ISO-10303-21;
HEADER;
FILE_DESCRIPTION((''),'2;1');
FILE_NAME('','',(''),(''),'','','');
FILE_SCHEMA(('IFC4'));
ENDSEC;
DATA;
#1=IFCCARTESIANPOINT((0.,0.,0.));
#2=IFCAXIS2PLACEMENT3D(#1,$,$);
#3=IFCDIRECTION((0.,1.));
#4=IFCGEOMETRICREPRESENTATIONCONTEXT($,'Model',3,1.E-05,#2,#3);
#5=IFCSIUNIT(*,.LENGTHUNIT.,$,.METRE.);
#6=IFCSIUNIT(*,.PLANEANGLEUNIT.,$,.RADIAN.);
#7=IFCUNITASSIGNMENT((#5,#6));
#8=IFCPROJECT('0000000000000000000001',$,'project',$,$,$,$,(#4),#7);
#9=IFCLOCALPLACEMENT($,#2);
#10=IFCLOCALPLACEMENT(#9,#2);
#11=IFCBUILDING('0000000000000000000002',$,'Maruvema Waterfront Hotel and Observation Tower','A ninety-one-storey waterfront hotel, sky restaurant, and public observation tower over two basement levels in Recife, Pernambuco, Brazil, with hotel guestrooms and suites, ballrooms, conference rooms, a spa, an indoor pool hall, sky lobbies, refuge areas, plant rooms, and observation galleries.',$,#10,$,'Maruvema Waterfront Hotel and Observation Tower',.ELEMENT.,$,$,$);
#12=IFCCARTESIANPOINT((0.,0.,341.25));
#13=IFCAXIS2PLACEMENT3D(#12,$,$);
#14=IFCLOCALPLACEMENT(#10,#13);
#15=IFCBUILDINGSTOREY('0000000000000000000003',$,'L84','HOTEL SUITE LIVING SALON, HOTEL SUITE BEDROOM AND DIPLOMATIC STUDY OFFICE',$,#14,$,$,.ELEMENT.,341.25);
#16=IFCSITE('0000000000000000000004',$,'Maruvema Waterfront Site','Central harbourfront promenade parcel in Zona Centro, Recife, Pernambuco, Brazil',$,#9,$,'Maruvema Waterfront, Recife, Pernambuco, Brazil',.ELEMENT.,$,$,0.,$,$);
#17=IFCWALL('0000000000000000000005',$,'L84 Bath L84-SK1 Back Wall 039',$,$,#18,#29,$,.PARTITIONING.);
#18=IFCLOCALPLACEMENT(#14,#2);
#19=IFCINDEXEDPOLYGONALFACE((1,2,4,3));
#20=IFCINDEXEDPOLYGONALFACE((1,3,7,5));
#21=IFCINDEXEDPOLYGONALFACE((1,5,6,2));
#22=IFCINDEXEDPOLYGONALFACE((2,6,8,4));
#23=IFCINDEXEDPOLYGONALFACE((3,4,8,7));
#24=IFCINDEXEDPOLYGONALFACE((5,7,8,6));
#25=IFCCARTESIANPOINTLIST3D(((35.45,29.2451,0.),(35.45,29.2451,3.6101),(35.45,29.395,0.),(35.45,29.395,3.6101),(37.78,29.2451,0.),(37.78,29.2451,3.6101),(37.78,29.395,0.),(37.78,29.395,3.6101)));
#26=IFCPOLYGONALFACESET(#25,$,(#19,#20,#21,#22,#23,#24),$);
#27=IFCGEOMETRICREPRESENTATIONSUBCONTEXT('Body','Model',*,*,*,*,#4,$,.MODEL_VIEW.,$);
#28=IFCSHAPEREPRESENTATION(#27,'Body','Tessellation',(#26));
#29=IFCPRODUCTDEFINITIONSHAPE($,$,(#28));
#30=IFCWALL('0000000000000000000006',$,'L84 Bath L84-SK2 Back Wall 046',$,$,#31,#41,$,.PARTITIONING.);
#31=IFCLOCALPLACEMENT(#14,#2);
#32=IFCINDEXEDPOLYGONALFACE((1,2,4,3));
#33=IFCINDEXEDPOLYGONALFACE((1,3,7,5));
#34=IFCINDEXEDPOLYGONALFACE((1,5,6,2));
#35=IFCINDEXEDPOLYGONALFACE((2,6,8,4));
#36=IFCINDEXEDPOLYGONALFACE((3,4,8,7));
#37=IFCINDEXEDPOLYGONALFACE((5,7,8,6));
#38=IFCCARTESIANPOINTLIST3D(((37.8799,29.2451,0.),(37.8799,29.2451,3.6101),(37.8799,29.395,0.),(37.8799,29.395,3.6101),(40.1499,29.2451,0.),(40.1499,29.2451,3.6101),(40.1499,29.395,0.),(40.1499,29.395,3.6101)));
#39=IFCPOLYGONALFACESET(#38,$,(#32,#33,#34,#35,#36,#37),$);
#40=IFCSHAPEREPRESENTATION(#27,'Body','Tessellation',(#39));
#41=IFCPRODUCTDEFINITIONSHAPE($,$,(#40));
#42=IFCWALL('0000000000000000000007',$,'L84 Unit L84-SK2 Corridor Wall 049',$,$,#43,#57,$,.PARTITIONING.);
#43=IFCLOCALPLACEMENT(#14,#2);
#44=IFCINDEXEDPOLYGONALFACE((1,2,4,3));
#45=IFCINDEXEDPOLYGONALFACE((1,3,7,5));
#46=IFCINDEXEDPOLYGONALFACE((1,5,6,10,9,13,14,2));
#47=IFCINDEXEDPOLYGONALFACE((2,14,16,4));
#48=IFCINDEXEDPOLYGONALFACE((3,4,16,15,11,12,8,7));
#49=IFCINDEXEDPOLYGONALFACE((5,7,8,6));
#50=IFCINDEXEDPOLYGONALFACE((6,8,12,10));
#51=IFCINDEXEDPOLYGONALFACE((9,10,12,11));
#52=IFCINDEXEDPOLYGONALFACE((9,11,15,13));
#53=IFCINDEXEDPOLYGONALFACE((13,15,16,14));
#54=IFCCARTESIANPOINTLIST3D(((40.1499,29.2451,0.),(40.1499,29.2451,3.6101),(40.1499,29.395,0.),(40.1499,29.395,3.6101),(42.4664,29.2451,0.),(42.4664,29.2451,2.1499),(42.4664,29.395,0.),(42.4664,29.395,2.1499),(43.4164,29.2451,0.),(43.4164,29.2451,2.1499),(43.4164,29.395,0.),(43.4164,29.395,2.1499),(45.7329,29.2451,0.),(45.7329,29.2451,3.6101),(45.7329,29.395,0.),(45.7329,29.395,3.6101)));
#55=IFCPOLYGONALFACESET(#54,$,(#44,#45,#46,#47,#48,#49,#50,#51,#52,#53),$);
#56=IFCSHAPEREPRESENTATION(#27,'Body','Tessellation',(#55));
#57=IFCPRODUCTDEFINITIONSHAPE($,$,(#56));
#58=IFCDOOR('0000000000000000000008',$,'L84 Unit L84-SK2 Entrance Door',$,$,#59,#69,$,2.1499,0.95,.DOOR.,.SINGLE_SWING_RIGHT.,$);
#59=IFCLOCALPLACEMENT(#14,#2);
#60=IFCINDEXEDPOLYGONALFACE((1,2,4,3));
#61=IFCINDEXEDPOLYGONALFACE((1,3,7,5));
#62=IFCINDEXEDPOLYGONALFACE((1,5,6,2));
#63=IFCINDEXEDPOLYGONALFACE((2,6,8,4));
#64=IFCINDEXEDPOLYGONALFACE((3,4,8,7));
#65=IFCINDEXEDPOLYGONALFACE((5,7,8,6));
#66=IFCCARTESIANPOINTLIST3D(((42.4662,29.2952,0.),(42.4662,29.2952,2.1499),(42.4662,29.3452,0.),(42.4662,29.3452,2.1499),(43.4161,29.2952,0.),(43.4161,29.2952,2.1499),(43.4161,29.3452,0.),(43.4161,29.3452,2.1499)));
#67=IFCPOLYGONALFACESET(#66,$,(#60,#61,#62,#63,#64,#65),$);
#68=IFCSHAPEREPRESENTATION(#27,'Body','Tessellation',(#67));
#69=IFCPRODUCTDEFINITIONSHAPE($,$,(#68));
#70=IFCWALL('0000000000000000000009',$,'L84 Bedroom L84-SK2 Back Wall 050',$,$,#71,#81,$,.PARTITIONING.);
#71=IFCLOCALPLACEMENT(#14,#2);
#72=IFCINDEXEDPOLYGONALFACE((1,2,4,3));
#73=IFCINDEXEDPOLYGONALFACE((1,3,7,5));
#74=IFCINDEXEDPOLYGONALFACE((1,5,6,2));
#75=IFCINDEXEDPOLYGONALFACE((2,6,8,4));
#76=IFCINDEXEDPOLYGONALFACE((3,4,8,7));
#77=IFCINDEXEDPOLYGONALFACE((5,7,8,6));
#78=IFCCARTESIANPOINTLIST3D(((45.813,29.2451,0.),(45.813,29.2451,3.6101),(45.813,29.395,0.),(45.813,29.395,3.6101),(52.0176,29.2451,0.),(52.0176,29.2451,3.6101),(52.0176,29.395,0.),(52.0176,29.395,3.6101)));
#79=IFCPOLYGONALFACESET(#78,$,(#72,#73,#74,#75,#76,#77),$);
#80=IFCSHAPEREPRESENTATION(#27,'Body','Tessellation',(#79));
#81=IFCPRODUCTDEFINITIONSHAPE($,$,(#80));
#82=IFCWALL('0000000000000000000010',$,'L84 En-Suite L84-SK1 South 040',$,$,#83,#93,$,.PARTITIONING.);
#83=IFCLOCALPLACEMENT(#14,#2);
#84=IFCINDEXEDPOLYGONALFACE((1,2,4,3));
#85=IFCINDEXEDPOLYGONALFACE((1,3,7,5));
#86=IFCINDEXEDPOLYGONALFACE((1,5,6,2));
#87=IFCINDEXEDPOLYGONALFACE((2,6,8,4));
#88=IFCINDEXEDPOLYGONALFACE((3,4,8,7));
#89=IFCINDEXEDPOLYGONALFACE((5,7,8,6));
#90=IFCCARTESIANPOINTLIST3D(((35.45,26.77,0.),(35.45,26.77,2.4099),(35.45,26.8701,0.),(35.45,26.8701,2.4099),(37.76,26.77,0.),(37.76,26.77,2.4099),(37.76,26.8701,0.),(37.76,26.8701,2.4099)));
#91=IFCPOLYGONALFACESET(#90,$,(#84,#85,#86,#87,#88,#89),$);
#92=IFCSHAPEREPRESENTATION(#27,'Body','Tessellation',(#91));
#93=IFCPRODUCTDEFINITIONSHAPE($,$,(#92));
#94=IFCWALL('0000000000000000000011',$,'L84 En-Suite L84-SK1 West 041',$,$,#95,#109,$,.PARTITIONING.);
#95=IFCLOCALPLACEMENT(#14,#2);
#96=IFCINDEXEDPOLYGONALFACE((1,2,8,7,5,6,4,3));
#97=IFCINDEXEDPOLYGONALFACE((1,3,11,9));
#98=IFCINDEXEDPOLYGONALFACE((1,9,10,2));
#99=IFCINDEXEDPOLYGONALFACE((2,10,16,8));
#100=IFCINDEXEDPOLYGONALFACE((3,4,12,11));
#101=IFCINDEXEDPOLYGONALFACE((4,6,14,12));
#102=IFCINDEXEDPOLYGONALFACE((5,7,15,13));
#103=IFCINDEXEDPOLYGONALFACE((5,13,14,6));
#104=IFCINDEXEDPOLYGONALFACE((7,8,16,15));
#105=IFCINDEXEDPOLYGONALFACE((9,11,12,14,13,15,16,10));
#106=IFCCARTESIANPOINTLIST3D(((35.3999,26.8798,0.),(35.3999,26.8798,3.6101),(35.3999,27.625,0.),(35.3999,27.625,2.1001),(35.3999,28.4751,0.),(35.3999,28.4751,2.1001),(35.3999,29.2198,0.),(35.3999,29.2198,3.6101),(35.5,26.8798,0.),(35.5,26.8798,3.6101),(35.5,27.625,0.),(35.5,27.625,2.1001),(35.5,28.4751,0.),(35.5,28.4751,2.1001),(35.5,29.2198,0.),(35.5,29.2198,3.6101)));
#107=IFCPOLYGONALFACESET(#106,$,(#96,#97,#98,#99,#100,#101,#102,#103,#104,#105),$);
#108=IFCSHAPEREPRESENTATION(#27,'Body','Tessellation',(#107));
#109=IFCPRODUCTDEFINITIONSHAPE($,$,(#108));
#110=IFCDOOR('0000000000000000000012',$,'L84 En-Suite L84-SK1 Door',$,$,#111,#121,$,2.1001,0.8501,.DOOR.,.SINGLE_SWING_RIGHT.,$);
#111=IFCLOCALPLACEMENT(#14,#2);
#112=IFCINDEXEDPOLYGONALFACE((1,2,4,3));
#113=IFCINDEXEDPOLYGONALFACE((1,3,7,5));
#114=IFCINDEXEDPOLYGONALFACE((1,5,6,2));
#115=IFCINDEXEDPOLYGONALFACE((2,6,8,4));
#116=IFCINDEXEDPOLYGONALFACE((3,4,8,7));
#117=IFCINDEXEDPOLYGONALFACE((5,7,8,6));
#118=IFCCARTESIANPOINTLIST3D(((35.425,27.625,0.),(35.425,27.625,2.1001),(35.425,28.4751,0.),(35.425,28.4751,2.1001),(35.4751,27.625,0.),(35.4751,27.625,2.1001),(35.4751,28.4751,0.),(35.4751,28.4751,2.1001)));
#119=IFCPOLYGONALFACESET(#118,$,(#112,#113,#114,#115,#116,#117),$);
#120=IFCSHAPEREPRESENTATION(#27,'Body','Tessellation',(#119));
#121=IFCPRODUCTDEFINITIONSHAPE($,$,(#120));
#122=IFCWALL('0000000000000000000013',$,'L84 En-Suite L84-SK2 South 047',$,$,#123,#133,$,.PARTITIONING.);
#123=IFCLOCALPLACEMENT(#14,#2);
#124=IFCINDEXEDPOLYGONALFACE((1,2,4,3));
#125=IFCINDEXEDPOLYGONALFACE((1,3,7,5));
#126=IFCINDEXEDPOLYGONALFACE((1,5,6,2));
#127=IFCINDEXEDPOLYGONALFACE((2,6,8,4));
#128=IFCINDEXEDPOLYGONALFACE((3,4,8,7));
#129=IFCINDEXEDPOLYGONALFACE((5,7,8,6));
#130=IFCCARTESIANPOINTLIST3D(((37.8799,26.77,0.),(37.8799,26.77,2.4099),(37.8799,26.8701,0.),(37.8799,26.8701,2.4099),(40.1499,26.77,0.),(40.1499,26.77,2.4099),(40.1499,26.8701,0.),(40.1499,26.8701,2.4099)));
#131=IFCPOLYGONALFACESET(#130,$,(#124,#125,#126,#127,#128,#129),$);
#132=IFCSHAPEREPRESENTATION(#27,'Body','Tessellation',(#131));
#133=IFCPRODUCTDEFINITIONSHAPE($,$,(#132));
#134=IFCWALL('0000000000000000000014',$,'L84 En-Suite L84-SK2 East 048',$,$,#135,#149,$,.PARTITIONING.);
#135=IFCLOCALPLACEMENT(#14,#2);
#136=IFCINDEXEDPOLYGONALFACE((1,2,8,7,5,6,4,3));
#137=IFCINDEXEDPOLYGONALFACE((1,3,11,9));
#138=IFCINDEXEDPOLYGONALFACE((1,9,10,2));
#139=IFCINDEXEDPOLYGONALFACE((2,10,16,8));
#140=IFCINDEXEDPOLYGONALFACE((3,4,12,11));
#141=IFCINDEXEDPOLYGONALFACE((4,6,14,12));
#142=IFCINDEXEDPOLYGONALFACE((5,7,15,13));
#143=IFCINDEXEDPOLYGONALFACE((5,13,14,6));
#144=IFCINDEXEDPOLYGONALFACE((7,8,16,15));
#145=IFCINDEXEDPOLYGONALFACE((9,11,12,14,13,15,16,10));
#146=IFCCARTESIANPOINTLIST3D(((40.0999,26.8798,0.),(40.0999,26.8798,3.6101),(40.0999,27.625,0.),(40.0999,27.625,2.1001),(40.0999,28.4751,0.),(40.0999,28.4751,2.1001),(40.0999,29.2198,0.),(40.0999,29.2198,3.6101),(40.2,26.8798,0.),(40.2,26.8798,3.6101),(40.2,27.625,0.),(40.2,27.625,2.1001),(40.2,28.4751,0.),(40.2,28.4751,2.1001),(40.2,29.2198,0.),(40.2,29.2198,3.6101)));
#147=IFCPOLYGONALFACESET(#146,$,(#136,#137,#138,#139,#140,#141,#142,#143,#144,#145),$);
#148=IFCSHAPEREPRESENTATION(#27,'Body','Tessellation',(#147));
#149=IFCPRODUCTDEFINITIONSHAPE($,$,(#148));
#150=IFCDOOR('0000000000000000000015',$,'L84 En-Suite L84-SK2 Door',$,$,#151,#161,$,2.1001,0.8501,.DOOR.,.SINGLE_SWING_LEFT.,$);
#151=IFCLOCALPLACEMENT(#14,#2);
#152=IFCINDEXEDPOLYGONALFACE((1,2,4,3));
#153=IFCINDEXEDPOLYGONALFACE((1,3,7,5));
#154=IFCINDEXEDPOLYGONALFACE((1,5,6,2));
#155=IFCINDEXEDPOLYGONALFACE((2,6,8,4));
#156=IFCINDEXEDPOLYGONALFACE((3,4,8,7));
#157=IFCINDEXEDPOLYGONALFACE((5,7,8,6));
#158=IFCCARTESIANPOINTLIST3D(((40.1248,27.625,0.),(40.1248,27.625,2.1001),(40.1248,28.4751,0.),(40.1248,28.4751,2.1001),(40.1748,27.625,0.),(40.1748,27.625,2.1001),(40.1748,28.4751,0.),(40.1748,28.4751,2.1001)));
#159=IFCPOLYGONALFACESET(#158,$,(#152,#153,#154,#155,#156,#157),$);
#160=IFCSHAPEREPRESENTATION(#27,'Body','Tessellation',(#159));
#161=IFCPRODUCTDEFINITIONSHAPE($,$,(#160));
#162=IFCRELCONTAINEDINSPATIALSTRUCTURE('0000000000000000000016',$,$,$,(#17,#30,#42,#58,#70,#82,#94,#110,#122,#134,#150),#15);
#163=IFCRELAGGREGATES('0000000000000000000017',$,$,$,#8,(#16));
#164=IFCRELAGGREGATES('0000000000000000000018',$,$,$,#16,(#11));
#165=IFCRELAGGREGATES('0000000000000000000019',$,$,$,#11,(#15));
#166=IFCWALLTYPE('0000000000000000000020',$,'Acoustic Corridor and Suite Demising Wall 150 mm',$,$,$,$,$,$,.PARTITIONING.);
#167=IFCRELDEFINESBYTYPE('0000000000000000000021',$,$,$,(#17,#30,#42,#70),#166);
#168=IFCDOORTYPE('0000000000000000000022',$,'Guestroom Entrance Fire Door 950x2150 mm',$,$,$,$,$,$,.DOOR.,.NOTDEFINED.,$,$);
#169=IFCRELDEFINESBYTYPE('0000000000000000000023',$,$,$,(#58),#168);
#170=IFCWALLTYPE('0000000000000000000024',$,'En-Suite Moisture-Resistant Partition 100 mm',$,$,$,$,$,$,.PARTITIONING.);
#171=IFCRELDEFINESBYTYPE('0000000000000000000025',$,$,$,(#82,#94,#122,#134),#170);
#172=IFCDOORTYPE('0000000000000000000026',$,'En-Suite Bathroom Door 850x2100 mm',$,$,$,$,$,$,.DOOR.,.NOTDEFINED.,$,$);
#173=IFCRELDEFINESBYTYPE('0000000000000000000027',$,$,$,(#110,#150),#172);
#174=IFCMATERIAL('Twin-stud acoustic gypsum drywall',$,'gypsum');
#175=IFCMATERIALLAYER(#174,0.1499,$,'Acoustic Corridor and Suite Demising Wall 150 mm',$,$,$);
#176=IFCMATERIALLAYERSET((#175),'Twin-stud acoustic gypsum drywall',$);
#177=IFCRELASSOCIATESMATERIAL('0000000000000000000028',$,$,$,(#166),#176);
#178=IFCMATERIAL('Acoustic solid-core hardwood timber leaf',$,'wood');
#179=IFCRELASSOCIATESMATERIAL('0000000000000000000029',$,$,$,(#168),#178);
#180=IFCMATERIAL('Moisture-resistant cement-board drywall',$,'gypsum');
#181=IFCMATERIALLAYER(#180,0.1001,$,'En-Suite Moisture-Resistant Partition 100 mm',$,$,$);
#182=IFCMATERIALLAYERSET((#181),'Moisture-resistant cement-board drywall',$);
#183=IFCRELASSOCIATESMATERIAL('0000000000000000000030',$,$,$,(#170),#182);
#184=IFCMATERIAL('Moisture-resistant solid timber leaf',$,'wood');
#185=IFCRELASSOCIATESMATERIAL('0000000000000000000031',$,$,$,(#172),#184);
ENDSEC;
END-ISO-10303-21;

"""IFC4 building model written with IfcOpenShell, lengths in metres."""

from ifc_helpers import new_model, si_unit, direction, frame, frame_2d, origin, place, context, subcontext, project, spatial, rectangle, extrude, material, layer, layer_set, type_object, element, fill, save


model = new_model("IFC4")

# Units and contexts
model_context = context("Model", 3, precision=1e-05, world=origin(), true_north=direction((0.0, 1.0)))
body_context = subcontext(model_context, "Body", "Model", "MODEL_VIEW")
ifc_project = project(units=[si_unit("LENGTHUNIT", "METRE"), si_unit("PLANEANGLEUNIT", "RADIAN")], contexts=[model_context])

# Site, building, storey
site_placement = place(None, origin())
site = spatial("IfcSite", under=ifc_project, at=site_placement, Name="Maruvema Waterfront Site", Description="Central harbourfront promenade parcel in Zona Centro, Recife, Pernambuco, Brazil", LongName="Maruvema Waterfront, Recife, Pernambuco, Brazil", CompositionType="ELEMENT", RefElevation=0.0)
building_placement = place(site_placement, origin())
building = spatial("IfcBuilding", under=site, at=building_placement, Name="Maruvema Waterfront Hotel and Observation Tower", Description="A ninety-one-storey waterfront hotel, sky restaurant, and public observation tower over two basement levels in Recife, Pernambuco, Brazil, with hotel guestrooms and suites, ballrooms, conference rooms, a spa, an indoor pool hall, sky lobbies, refuge areas, plant rooms, and observation galleries.", LongName="Maruvema Waterfront Hotel and Observation Tower", CompositionType="ELEMENT")
storey_placement = place(building_placement, frame((0.0, 0.0, 341.25)))
storey = spatial("IfcBuildingStorey", under=building, at=storey_placement, Name="L84", Description="HOTEL SUITE LIVING SALON, HOTEL SUITE BEDROOM AND DIPLOMATIC STUDY OFFICE", CompositionType="ELEMENT", Elevation=341.25)

# Walls
ifc_material_1 = material(Name="Twin-stud acoustic gypsum drywall", Category="gypsum")
ifc_layer_1 = layer(ifc_material_1, 0.1499, Name="Acoustic Corridor and Suite Demising Wall 150 mm")
ifc_layer_set_1 = layer_set([ifc_layer_1], Name="Twin-stud acoustic gypsum drywall")
wall_type_1 = type_object("IfcWallType", Name="Acoustic Corridor and Suite Demising Wall 150 mm", PredefinedType="PARTITIONING", material=ifc_layer_set_1)
wall_1_placement = place(storey_placement, frame((35.45, 29.3201, 0.0), z_axis=(0.0, 0.0, 1.0), x_axis=(1.0, 0.0, 0.0)))
element("IfcWall", 1, at=wall_1_placement, inside=storey, type_object=wall_type_1, Name="L84 Bath L84-SK1 Back Wall 039", PredefinedType="PARTITIONING", context=body_context, shape_type="SweptSolid", body=[
    extrude(rectangle(XDim=2.3301, YDim=0.1499, at=frame_2d((1.165, 0.0))), origin(), (0.0, 0.0, 1.0), 3.6101),
])
wall_2_placement = place(storey_placement, frame((37.8799, 29.3201, 0.0), z_axis=(0.0, 0.0, 1.0), x_axis=(1.0, 0.0, 0.0)))
element("IfcWall", 2, at=wall_2_placement, inside=storey, type_object=wall_type_1, Name="L84 Bath L84-SK2 Back Wall 046", PredefinedType="PARTITIONING", context=body_context, shape_type="SweptSolid", body=[
    extrude(rectangle(XDim=2.27, YDim=0.1499, at=frame_2d((1.135, 0.0))), origin(), (0.0, 0.0, 1.0), 3.6101),
])

# Wall, opening, door
wall_3_placement = place(storey_placement, frame((40.1499, 29.3201, 0.0), z_axis=(0.0, 0.0, 1.0), x_axis=(1.0, 0.0, 0.0)))
wall_3 = element("IfcWall", 3, at=wall_3_placement, inside=storey, type_object=wall_type_1, Name="L84 Unit L84-SK2 Corridor Wall 049", PredefinedType="PARTITIONING", context=body_context, shape_type="SweptSolid", body=[
    extrude(rectangle(XDim=5.583, YDim=0.1499, at=frame_2d((2.7915, 0.0))), origin(), (0.0, 0.0, 1.0), 3.6101),
])
opening_1_placement = place(wall_3_placement, frame((2.3164, 0.0, 0.0)))
opening_1 = element("IfcOpeningElement", 4, at=opening_1_placement, cuts=wall_3, PredefinedType="OPENING", context=body_context, shape_type="SweptSolid", body=[
    extrude(rectangle(XDim=0.95, YDim=2.1499, at=frame_2d((0.4751, 1.075))), frame((0.0, 0.085, 0.0), z_axis=(0.0, -1.0, 0.0), x_axis=(1.0, 0.0, 0.0)), (0.0, 0.0, 1.0), 0.1699),
])
ifc_material_2 = material(Name="Acoustic solid-core hardwood timber leaf", Category="wood")
door_type_1 = type_object("IfcDoorType", Name="Guestroom Entrance Fire Door 950x2150 mm", OperationType="NOTDEFINED", PredefinedType="DOOR", material=ifc_material_2)
door_1_placement = place(opening_1_placement, frame((0.95, 0.0, 0.0), z_axis=(0.0, 0.0, 1.0), x_axis=(-1.0, 0.0, 0.0)))
door_1 = element("IfcDoor", 5, at=door_1_placement, inside=storey, type_object=door_type_1, Name="L84 Unit L84-SK2 Entrance Door", OperationType="SINGLE_SWING_RIGHT", OverallHeight=2.1499, OverallWidth=0.95, PredefinedType="DOOR", context=body_context, shape_type="SweptSolid", body=[
    extrude(rectangle(XDim=0.95, YDim=2.1499, at=frame_2d((0.4751, 1.075))), frame((0.0, 0.0249, 0.0), z_axis=(0.0, -1.0, 0.0), x_axis=(1.0, 0.0, 0.0)), (0.0, 0.0, 1.0), 0.05),
])
fill(opening_1, door_1)

# Walls
wall_4_placement = place(storey_placement, frame((45.813, 29.3201, 0.0), z_axis=(0.0, 0.0, 1.0), x_axis=(1.0, 0.0, 0.0)))
element("IfcWall", 6, at=wall_4_placement, inside=storey, type_object=wall_type_1, Name="L84 Bedroom L84-SK2 Back Wall 050", PredefinedType="PARTITIONING", context=body_context, shape_type="SweptSolid", body=[
    extrude(rectangle(XDim=6.2046, YDim=0.1499, at=frame_2d((3.1023, 0.0))), origin(), (0.0, 0.0, 1.0), 3.6101),
])
ifc_material_3 = material(Name="Moisture-resistant cement-board drywall", Category="gypsum")
ifc_layer_2 = layer(ifc_material_3, 0.1001, Name="En-Suite Moisture-Resistant Partition 100 mm")
ifc_layer_set_2 = layer_set([ifc_layer_2], Name="Moisture-resistant cement-board drywall")
wall_type_2 = type_object("IfcWallType", Name="En-Suite Moisture-Resistant Partition 100 mm", PredefinedType="PARTITIONING", material=ifc_layer_set_2)
wall_5_placement = place(storey_placement, frame((35.45, 26.8201, 0.0), z_axis=(0.0, 0.0, 1.0), x_axis=(1.0, 0.0, 0.0)))
element("IfcWall", 7, at=wall_5_placement, inside=storey, type_object=wall_type_2, Name="L84 En-Suite L84-SK1 South 040", PredefinedType="PARTITIONING", context=body_context, shape_type="SweptSolid", body=[
    extrude(rectangle(XDim=2.3101, YDim=0.1001, at=frame_2d((1.155, 0.0))), origin(), (0.0, 0.0, 1.0), 2.4099),
])

# Wall, opening, door
wall_6_placement = place(storey_placement, frame((35.45, 26.8799, 0.0), z_axis=(0.0, 0.0, 1.0), x_axis=(0.0, 1.0, 0.0)))
wall_6 = element("IfcWall", 8, at=wall_6_placement, inside=storey, type_object=wall_type_2, Name="L84 En-Suite L84-SK1 West 041", PredefinedType="PARTITIONING", context=body_context, shape_type="SweptSolid", body=[
    extrude(rectangle(XDim=2.3401, YDim=0.1001, at=frame_2d((1.1699, 0.0))), origin(), (0.0, 0.0, 1.0), 3.6101),
])
opening_2_placement = place(wall_6_placement, frame((0.7451, 0.0, 0.0)))
opening_2 = element("IfcOpeningElement", 9, at=opening_2_placement, cuts=wall_6, PredefinedType="OPENING", context=body_context, shape_type="SweptSolid", body=[
    extrude(rectangle(XDim=0.8501, YDim=2.1001, at=frame_2d((0.425, 1.05))), frame((0.0, 0.0601, 0.0), z_axis=(0.0, -1.0, 0.0), x_axis=(1.0, 0.0, 0.0)), (0.0, 0.0, 1.0), 0.1201),
])
ifc_material_4 = material(Name="Moisture-resistant solid timber leaf", Category="wood")
door_type_2 = type_object("IfcDoorType", Name="En-Suite Bathroom Door 850x2100 mm", OperationType="NOTDEFINED", PredefinedType="DOOR", material=ifc_material_4)
door_2_placement = place(opening_2_placement, origin())
door_2 = element("IfcDoor", 10, at=door_2_placement, inside=storey, type_object=door_type_2, Name="L84 En-Suite L84-SK1 Door", OperationType="SINGLE_SWING_RIGHT", OverallHeight=2.1001, OverallWidth=0.8501, PredefinedType="DOOR", context=body_context, shape_type="SweptSolid", body=[
    extrude(rectangle(XDim=0.8501, YDim=2.1001, at=frame_2d((0.425, 1.05))), frame((0.0, 0.0249, 0.0), z_axis=(0.0, -1.0, 0.0), x_axis=(1.0, 0.0, 0.0)), (0.0, 0.0, 1.0), 0.05),
])
fill(opening_2, door_2)

# Wall
wall_7_placement = place(storey_placement, frame((37.8799, 26.8201, 0.0), z_axis=(0.0, 0.0, 1.0), x_axis=(1.0, 0.0, 0.0)))
element("IfcWall", 11, at=wall_7_placement, inside=storey, type_object=wall_type_2, Name="L84 En-Suite L84-SK2 South 047", PredefinedType="PARTITIONING", context=body_context, shape_type="SweptSolid", body=[
    extrude(rectangle(XDim=2.27, YDim=0.1001, at=frame_2d((1.135, 0.0))), origin(), (0.0, 0.0, 1.0), 2.4099),
])

# Wall, opening, door
wall_8_placement = place(storey_placement, frame((40.1499, 26.8799, 0.0), z_axis=(0.0, 0.0, 1.0), x_axis=(0.0, 1.0, 0.0)))
wall_8 = element("IfcWall", 12, at=wall_8_placement, inside=storey, type_object=wall_type_2, Name="L84 En-Suite L84-SK2 East 048", PredefinedType="PARTITIONING", context=body_context, shape_type="SweptSolid", body=[
    extrude(rectangle(XDim=2.3401, YDim=0.1001, at=frame_2d((1.1699, 0.0))), origin(), (0.0, 0.0, 1.0), 3.6101),
])
opening_3_placement = place(wall_8_placement, frame((0.7451, 0.0, 0.0)))
opening_3 = element("IfcOpeningElement", 13, at=opening_3_placement, cuts=wall_8, PredefinedType="OPENING", context=body_context, shape_type="SweptSolid", body=[
    extrude(rectangle(XDim=0.8501, YDim=2.1001, at=frame_2d((0.425, 1.05))), frame((0.0, 0.0601, 0.0), z_axis=(0.0, -1.0, 0.0), x_axis=(1.0, 0.0, 0.0)), (0.0, 0.0, 1.0), 0.1201),
])
door_3_placement = place(opening_3_placement, frame((0.8501, 0.0, 0.0), z_axis=(0.0, 0.0, 1.0), x_axis=(-1.0, 0.0, 0.0)))
door_3 = element("IfcDoor", 14, at=door_3_placement, inside=storey, type_object=door_type_2, Name="L84 En-Suite L84-SK2 Door", OperationType="SINGLE_SWING_LEFT", OverallHeight=2.1001, OverallWidth=0.8501, PredefinedType="DOOR", context=body_context, shape_type="SweptSolid", body=[
    extrude(rectangle(XDim=0.8501, YDim=2.1001, at=frame_2d((0.425, 1.05))), frame((0.0, 0.0249, 0.0), z_axis=(0.0, -1.0, 0.0), x_axis=(1.0, 0.0, 0.0)), (0.0, 0.0, 1.0), 0.05),
])
fill(opening_3, door_3)

save(model, "model.ifc")
